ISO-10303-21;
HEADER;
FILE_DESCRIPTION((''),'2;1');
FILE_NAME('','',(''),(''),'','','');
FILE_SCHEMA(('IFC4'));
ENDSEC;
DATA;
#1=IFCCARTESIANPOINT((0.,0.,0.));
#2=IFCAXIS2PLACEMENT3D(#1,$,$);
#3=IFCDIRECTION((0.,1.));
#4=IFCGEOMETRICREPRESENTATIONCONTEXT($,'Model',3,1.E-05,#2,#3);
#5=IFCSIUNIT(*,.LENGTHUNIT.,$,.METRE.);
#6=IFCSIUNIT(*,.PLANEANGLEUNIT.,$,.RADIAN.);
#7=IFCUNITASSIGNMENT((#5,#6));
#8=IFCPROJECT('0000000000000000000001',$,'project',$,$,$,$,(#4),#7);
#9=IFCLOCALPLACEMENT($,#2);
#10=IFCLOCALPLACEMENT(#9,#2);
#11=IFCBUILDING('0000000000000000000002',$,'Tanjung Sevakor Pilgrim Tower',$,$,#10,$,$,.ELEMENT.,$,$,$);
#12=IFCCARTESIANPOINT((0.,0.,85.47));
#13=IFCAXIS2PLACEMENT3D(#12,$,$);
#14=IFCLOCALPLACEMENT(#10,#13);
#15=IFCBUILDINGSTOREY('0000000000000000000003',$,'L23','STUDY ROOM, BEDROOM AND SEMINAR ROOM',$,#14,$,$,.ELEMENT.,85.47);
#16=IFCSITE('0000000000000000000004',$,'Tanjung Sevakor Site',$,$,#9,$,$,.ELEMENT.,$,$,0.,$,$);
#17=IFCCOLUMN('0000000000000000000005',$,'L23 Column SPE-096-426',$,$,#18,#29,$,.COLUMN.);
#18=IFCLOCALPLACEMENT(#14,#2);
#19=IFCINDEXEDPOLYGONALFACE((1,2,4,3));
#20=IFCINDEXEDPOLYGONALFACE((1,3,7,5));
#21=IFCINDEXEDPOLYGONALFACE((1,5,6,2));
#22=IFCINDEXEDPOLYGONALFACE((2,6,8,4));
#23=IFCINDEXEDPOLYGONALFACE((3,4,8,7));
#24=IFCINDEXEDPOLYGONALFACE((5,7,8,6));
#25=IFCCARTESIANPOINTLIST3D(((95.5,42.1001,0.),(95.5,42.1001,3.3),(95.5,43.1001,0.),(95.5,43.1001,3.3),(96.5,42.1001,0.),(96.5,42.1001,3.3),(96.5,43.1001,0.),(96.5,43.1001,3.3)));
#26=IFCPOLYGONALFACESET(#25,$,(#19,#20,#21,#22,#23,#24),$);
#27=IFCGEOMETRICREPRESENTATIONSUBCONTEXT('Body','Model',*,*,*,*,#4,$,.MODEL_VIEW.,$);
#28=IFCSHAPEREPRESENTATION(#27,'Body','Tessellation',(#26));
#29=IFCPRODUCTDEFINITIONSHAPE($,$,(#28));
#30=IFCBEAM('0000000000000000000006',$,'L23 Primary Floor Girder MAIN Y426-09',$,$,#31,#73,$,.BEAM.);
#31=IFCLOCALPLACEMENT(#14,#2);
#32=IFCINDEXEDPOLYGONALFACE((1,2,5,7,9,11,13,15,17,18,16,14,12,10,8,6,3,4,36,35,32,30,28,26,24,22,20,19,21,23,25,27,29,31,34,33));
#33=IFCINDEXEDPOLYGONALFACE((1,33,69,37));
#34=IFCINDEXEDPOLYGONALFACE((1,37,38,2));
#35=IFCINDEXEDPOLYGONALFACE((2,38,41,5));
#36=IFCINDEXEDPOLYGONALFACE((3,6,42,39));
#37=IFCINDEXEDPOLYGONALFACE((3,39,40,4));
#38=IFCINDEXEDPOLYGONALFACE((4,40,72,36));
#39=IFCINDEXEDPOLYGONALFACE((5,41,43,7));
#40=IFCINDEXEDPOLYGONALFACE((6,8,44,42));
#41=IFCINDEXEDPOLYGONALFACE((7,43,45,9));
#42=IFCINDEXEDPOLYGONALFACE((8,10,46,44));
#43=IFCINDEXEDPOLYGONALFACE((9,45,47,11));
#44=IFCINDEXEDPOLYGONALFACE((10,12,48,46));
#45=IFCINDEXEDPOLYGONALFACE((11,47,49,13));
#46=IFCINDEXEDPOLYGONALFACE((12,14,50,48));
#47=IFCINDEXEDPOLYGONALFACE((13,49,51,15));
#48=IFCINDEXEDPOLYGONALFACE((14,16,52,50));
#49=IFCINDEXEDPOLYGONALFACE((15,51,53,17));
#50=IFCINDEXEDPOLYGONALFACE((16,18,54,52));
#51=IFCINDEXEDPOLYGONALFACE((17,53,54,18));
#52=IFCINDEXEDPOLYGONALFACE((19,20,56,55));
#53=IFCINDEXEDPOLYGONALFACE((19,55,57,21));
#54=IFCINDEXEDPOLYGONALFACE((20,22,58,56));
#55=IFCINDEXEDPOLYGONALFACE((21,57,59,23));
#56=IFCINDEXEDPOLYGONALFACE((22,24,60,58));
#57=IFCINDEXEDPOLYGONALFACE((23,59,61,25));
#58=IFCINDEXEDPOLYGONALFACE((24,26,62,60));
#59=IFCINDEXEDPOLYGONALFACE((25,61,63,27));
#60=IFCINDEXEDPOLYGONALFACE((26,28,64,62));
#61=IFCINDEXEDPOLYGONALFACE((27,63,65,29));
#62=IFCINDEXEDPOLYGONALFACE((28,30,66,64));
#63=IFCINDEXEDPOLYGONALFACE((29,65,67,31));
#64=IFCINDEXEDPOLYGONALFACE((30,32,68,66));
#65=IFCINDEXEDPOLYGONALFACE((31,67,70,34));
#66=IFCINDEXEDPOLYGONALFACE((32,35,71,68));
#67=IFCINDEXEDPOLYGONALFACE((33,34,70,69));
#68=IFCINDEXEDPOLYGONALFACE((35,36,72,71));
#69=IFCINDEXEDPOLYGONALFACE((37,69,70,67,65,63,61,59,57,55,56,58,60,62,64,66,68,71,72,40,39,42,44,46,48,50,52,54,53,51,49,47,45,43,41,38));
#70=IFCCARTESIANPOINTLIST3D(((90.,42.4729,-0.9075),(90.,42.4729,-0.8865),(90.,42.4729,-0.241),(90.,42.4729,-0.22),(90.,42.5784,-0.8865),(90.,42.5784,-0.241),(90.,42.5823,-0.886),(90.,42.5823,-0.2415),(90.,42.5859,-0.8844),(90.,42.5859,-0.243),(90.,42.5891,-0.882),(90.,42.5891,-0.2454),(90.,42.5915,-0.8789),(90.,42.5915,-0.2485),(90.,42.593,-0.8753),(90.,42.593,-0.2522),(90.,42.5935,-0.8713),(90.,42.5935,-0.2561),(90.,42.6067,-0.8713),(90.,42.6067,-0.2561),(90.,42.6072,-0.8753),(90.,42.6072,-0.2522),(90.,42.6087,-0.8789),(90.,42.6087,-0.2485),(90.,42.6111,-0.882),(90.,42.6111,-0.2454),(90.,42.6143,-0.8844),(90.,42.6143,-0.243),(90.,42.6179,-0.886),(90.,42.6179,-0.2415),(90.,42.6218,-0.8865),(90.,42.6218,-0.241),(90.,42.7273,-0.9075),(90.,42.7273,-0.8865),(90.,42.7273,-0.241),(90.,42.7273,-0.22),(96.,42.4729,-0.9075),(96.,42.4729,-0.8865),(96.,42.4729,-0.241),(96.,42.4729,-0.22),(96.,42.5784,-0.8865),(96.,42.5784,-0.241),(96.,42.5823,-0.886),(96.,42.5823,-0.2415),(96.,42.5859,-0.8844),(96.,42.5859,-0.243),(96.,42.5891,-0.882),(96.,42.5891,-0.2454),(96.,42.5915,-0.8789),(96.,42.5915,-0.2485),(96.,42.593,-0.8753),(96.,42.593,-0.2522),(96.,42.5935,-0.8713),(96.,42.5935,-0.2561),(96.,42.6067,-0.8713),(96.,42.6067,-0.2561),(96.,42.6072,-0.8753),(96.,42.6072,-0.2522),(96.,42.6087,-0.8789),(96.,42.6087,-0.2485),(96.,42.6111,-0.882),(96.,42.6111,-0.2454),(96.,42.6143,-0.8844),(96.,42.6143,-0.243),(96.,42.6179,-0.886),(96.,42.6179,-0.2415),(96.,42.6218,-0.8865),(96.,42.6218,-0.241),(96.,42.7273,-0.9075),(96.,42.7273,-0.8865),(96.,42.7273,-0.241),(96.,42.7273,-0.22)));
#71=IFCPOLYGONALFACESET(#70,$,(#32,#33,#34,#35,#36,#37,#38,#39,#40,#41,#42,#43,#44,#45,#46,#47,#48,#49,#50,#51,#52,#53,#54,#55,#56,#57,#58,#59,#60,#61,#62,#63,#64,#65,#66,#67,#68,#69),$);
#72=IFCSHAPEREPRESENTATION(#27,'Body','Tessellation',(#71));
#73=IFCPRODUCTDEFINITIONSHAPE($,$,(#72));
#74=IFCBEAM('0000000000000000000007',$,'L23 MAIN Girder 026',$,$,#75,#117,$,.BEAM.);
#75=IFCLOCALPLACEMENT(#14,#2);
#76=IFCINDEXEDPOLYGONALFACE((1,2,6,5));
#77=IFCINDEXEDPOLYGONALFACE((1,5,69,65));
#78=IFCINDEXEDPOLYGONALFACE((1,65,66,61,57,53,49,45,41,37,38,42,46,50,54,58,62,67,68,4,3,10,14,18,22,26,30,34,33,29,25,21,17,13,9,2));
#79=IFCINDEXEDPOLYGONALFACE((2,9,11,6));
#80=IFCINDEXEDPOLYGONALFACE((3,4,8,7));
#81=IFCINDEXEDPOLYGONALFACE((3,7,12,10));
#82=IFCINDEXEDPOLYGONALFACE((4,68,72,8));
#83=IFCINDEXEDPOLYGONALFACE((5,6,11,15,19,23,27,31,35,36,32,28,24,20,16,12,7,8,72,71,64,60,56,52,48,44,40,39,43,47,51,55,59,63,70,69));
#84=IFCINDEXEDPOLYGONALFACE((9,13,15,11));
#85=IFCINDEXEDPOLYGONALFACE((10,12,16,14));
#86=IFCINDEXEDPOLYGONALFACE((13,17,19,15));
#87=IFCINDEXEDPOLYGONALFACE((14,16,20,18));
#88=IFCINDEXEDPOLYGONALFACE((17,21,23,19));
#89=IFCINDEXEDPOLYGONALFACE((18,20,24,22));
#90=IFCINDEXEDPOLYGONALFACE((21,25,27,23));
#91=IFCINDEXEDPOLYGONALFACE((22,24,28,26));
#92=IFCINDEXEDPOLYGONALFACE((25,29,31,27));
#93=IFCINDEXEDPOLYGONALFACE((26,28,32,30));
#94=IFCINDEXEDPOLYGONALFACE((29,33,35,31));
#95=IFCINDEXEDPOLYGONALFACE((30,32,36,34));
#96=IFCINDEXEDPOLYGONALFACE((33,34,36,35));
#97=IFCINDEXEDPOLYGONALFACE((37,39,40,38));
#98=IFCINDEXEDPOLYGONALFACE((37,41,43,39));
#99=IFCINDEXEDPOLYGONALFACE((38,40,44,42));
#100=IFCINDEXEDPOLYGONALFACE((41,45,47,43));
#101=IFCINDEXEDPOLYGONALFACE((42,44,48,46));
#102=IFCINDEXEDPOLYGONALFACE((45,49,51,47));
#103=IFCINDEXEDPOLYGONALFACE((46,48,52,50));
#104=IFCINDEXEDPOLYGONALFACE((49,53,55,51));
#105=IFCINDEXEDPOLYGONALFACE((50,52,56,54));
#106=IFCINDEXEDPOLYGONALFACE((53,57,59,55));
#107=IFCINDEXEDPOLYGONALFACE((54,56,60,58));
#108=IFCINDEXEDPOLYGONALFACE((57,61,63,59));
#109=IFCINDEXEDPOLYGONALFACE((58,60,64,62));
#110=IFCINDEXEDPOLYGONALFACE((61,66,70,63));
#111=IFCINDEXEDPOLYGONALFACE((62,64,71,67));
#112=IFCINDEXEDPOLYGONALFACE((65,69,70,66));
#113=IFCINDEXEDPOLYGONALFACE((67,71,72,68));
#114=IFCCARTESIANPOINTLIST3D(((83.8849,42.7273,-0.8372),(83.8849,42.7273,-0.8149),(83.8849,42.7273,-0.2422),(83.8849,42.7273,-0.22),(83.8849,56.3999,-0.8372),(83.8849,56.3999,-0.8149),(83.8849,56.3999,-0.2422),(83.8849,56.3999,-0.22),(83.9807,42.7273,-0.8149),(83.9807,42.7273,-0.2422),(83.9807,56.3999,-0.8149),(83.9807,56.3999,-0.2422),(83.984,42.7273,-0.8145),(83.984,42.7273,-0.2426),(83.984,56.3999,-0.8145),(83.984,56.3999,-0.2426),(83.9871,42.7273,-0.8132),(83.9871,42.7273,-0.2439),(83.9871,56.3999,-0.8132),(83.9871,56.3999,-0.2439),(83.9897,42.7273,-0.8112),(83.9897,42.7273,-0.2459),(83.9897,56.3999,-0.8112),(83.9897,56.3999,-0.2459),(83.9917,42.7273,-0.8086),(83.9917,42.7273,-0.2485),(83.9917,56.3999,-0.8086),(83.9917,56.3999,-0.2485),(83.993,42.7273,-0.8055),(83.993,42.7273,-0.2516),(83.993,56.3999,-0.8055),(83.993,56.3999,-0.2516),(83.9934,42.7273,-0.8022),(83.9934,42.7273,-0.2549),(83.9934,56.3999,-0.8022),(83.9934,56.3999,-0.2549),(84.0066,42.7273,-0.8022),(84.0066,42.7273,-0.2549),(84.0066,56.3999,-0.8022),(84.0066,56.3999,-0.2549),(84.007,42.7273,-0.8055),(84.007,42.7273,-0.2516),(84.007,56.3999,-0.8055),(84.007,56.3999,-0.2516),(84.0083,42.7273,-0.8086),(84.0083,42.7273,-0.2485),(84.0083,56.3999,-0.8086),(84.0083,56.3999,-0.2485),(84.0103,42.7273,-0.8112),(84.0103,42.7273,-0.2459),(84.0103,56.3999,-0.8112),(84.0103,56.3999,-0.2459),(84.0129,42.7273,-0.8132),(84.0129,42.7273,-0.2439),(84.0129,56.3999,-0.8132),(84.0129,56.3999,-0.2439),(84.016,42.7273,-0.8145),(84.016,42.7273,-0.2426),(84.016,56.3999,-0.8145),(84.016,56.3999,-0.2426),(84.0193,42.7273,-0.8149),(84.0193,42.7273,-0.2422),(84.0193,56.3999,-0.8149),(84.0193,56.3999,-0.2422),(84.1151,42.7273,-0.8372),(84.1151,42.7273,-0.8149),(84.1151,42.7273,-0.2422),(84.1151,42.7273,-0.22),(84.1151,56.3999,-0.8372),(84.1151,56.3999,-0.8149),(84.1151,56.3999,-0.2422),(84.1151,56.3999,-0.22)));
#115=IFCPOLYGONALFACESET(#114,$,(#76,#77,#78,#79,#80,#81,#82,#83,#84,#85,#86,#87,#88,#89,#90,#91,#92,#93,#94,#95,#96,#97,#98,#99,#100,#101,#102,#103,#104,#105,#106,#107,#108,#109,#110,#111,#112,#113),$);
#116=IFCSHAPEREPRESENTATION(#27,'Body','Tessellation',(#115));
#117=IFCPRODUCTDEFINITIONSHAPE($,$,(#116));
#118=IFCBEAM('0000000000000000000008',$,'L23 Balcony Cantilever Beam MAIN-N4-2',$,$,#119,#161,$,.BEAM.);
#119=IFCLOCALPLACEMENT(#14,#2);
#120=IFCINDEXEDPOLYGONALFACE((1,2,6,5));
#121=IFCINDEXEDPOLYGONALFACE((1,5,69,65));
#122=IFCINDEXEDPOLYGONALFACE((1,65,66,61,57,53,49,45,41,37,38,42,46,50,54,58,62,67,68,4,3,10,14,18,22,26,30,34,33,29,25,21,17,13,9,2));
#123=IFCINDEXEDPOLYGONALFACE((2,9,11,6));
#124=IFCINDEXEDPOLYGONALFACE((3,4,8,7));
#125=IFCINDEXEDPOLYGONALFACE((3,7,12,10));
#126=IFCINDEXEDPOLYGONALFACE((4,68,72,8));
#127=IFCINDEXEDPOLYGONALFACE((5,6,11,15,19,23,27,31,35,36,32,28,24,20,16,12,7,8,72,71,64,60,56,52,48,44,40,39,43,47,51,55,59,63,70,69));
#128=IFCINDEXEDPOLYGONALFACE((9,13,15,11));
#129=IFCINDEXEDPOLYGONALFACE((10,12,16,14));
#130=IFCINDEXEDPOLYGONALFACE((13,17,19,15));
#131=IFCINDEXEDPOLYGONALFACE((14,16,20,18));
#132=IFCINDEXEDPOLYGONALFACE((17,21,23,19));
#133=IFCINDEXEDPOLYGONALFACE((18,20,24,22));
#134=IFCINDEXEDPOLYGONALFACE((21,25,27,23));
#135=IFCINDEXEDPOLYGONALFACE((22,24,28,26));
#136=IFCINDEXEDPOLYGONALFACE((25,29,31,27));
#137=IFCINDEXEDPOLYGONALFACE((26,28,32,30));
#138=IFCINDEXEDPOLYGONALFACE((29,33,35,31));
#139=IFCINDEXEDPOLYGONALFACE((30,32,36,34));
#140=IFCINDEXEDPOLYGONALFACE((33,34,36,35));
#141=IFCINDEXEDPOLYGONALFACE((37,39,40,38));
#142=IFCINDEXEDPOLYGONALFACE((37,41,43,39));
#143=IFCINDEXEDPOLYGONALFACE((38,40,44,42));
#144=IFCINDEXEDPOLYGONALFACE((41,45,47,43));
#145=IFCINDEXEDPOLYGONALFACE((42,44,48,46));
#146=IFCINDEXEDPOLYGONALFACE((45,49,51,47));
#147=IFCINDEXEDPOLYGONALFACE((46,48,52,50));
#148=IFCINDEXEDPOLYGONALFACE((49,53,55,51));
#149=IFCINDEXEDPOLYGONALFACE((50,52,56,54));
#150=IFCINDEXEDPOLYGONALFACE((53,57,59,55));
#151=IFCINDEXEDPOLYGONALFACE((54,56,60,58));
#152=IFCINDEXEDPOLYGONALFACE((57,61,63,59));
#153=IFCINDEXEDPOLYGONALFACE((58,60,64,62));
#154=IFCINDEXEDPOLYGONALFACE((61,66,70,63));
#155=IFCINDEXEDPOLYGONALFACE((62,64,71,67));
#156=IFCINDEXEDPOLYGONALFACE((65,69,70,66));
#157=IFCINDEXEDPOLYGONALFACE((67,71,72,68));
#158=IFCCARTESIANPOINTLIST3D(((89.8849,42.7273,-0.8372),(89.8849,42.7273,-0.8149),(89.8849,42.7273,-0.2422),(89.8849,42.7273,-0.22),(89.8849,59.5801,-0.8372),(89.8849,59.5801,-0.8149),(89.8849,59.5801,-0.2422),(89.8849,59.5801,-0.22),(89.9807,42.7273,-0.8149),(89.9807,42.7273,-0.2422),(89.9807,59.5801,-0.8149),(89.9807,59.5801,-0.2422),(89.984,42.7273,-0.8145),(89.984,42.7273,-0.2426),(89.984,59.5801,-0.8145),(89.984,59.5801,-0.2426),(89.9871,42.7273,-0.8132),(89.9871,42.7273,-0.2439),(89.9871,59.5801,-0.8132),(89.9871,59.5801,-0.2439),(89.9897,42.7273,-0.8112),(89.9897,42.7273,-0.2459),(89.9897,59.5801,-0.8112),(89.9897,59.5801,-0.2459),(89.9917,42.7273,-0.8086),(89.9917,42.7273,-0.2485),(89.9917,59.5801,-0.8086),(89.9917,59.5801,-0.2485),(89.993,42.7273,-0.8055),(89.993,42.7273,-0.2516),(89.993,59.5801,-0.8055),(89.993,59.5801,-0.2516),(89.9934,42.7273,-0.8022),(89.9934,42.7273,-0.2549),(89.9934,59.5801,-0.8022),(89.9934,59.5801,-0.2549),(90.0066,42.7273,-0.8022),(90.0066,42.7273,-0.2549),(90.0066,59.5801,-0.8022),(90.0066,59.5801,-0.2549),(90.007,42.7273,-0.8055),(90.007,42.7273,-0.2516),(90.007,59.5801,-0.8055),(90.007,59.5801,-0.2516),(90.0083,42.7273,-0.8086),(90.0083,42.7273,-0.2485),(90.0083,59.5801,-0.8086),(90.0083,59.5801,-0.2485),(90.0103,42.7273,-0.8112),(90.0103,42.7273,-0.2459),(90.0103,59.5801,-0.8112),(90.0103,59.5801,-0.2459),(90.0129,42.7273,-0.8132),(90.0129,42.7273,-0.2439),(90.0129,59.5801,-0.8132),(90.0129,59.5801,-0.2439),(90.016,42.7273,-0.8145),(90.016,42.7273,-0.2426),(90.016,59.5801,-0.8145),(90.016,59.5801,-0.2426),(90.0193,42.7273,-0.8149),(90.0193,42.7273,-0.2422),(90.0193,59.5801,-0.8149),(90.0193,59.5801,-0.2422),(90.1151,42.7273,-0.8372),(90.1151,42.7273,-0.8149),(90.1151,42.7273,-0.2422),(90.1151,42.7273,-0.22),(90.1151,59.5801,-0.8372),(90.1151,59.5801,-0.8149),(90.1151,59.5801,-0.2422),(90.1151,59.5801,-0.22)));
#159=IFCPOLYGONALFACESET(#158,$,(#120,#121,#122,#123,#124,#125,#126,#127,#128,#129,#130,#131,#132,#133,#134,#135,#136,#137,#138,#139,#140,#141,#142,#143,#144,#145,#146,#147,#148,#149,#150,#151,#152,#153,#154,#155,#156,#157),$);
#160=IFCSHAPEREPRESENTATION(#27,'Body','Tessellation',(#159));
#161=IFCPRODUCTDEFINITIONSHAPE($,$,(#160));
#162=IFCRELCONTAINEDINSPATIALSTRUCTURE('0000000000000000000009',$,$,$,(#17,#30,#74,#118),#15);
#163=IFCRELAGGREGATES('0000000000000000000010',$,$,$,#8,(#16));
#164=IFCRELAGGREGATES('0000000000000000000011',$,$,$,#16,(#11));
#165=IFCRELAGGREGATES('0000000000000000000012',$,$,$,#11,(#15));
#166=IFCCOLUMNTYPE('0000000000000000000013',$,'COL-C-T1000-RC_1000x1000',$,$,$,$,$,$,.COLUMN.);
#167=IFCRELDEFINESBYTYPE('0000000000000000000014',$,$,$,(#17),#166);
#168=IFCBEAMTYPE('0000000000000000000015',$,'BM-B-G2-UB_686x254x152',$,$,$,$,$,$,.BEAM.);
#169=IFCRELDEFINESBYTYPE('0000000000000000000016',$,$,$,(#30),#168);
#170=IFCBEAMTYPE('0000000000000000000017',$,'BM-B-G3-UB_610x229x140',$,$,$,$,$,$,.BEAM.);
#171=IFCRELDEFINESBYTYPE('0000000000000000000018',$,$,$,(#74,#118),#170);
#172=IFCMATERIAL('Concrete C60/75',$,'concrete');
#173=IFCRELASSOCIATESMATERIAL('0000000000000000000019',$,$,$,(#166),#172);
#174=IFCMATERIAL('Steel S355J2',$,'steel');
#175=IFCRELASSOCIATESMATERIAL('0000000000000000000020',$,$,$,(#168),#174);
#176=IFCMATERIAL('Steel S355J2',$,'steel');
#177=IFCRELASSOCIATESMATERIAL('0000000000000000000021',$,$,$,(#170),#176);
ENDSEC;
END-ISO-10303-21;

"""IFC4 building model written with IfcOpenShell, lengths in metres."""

from ifc_helpers import new_model, si_unit, direction, frame, origin, origin_2d, place, context, subcontext, project, spatial, rectangle, i_section, extrude, material, material_profile, profile_set, type_object, element, save


model = new_model("IFC4")

# Units and contexts
model_context = context("Model", 3, precision=1e-05, world=origin(), true_north=direction((0.0, 1.0)))
body_context = subcontext(model_context, "Body", "Model", "MODEL_VIEW")
ifc_project = project(units=[si_unit("LENGTHUNIT", "METRE"), si_unit("PLANEANGLEUNIT", "RADIAN")], contexts=[model_context])

# Site, building, storey
site_placement = place(None, origin())
site = spatial("IfcSite", under=ifc_project, at=site_placement, Name="Tanjung Sevakor Site", CompositionType="ELEMENT", RefElevation=0.0)
building_placement = place(site_placement, origin())
building = spatial("IfcBuilding", under=site, at=building_placement, Name="Tanjung Sevakor Pilgrim Tower", CompositionType="ELEMENT")
storey_placement = place(building_placement, frame((0.0, 0.0, 85.47)))
storey = spatial("IfcBuildingStorey", under=building, at=storey_placement, Name="L23", Description="STUDY ROOM, BEDROOM AND SEMINAR ROOM", CompositionType="ELEMENT", Elevation=85.47)

# Column
ifc_material_1 = material(Name="Concrete C60/75", Category="concrete")
ifc_material_profile_1 = material_profile(ifc_material_1, rectangle(XDim=1.0, YDim=1.0, at=origin_2d()))
ifc_profile_set_1 = profile_set([ifc_material_profile_1], Name="Concrete C60/75")
column_type = type_object("IfcColumnType", Name="COL-C-T1000-RC_1000x1000", PredefinedType="COLUMN", material=ifc_profile_set_1)
column_placement = place(storey_placement, frame((96.0, 42.6001, 0.0), z_axis=(0.0, 0.0, 1.0), x_axis=(1.0, 0.0, 0.0)))
element("IfcColumn", 1, at=column_placement, inside=storey, type_object=column_type, Name="L23 Column SPE-096-426", PredefinedType="COLUMN", context=body_context, shape_type="SweptSolid", body=[
    extrude(rectangle(XDim=1.0, YDim=1.0, at=origin_2d()), origin(), (0.0, 0.0, 1.0), 3.3),
])

# Beams
ifc_material_2 = material(Name="Steel S355J2", Category="steel")
ifc_material_profile_2 = material_profile(ifc_material_2, i_section(OverallWidth=0.2544, OverallDepth=0.6875, WebThickness=0.0132, FlangeThickness=0.021, FilletRadius=0.0151, at=origin_2d()))
ifc_profile_set_2 = profile_set([ifc_material_profile_2], Name="Steel S355J2")
beam_type_1 = type_object("IfcBeamType", Name="BM-B-G2-UB_686x254x152", PredefinedType="BEAM", material=ifc_profile_set_2)
beam_1_placement = place(storey_placement, frame((90.0, 42.6001, -0.5637), z_axis=(1.0, 0.0, 0.0), x_axis=(0.0, 1.0, 0.0)))
element("IfcBeam", 2, at=beam_1_placement, inside=storey, type_object=beam_type_1, Name="L23 Primary Floor Girder MAIN Y426-09", PredefinedType="BEAM", context=body_context, shape_type="SweptSolid", body=[
    extrude(i_section(OverallWidth=0.2544, OverallDepth=0.6875, WebThickness=0.0132, FlangeThickness=0.021, FilletRadius=0.0151, at=origin_2d()), origin(), (0.0, 0.0, 1.0), 6.0),
])
ifc_material_3 = material(Name="Steel S355J2", Category="steel")
ifc_material_profile_3 = material_profile(ifc_material_3, i_section(OverallWidth=0.2302, OverallDepth=0.6172, WebThickness=0.0132, FlangeThickness=0.0222, FilletRadius=0.0127, at=origin_2d()))
ifc_profile_set_3 = profile_set([ifc_material_profile_3], Name="Steel S355J2")
beam_type_2 = type_object("IfcBeamType", Name="BM-B-G3-UB_610x229x140", PredefinedType="BEAM", material=ifc_profile_set_3)
beam_2_placement = place(storey_placement, frame((84.0, 42.7273, -0.5286), z_axis=(0.0, 1.0, 0.0), x_axis=(-1.0, 0.0, 0.0)))
element("IfcBeam", 3, at=beam_2_placement, inside=storey, type_object=beam_type_2, Name="L23 MAIN Girder 026", PredefinedType="BEAM", context=body_context, shape_type="SweptSolid", body=[
    extrude(i_section(OverallWidth=0.2302, OverallDepth=0.6172, WebThickness=0.0132, FlangeThickness=0.0222, FilletRadius=0.0127, at=origin_2d()), origin(), (0.0, 0.0, 1.0), 13.6726),
])
beam_3_placement = place(storey_placement, frame((90.0, 42.7273, -0.5286), z_axis=(0.0, 1.0, 0.0), x_axis=(-1.0, 0.0, 0.0)))
element("IfcBeam", 4, at=beam_3_placement, inside=storey, type_object=beam_type_2, Name="L23 Balcony Cantilever Beam MAIN-N4-2", PredefinedType="BEAM", context=body_context, shape_type="SweptSolid", body=[
    extrude(i_section(OverallWidth=0.2302, OverallDepth=0.6172, WebThickness=0.0132, FlangeThickness=0.0222, FilletRadius=0.0127, at=origin_2d()), origin(), (0.0, 0.0, 1.0), 16.8528),
])

save(model, "model.ifc")
